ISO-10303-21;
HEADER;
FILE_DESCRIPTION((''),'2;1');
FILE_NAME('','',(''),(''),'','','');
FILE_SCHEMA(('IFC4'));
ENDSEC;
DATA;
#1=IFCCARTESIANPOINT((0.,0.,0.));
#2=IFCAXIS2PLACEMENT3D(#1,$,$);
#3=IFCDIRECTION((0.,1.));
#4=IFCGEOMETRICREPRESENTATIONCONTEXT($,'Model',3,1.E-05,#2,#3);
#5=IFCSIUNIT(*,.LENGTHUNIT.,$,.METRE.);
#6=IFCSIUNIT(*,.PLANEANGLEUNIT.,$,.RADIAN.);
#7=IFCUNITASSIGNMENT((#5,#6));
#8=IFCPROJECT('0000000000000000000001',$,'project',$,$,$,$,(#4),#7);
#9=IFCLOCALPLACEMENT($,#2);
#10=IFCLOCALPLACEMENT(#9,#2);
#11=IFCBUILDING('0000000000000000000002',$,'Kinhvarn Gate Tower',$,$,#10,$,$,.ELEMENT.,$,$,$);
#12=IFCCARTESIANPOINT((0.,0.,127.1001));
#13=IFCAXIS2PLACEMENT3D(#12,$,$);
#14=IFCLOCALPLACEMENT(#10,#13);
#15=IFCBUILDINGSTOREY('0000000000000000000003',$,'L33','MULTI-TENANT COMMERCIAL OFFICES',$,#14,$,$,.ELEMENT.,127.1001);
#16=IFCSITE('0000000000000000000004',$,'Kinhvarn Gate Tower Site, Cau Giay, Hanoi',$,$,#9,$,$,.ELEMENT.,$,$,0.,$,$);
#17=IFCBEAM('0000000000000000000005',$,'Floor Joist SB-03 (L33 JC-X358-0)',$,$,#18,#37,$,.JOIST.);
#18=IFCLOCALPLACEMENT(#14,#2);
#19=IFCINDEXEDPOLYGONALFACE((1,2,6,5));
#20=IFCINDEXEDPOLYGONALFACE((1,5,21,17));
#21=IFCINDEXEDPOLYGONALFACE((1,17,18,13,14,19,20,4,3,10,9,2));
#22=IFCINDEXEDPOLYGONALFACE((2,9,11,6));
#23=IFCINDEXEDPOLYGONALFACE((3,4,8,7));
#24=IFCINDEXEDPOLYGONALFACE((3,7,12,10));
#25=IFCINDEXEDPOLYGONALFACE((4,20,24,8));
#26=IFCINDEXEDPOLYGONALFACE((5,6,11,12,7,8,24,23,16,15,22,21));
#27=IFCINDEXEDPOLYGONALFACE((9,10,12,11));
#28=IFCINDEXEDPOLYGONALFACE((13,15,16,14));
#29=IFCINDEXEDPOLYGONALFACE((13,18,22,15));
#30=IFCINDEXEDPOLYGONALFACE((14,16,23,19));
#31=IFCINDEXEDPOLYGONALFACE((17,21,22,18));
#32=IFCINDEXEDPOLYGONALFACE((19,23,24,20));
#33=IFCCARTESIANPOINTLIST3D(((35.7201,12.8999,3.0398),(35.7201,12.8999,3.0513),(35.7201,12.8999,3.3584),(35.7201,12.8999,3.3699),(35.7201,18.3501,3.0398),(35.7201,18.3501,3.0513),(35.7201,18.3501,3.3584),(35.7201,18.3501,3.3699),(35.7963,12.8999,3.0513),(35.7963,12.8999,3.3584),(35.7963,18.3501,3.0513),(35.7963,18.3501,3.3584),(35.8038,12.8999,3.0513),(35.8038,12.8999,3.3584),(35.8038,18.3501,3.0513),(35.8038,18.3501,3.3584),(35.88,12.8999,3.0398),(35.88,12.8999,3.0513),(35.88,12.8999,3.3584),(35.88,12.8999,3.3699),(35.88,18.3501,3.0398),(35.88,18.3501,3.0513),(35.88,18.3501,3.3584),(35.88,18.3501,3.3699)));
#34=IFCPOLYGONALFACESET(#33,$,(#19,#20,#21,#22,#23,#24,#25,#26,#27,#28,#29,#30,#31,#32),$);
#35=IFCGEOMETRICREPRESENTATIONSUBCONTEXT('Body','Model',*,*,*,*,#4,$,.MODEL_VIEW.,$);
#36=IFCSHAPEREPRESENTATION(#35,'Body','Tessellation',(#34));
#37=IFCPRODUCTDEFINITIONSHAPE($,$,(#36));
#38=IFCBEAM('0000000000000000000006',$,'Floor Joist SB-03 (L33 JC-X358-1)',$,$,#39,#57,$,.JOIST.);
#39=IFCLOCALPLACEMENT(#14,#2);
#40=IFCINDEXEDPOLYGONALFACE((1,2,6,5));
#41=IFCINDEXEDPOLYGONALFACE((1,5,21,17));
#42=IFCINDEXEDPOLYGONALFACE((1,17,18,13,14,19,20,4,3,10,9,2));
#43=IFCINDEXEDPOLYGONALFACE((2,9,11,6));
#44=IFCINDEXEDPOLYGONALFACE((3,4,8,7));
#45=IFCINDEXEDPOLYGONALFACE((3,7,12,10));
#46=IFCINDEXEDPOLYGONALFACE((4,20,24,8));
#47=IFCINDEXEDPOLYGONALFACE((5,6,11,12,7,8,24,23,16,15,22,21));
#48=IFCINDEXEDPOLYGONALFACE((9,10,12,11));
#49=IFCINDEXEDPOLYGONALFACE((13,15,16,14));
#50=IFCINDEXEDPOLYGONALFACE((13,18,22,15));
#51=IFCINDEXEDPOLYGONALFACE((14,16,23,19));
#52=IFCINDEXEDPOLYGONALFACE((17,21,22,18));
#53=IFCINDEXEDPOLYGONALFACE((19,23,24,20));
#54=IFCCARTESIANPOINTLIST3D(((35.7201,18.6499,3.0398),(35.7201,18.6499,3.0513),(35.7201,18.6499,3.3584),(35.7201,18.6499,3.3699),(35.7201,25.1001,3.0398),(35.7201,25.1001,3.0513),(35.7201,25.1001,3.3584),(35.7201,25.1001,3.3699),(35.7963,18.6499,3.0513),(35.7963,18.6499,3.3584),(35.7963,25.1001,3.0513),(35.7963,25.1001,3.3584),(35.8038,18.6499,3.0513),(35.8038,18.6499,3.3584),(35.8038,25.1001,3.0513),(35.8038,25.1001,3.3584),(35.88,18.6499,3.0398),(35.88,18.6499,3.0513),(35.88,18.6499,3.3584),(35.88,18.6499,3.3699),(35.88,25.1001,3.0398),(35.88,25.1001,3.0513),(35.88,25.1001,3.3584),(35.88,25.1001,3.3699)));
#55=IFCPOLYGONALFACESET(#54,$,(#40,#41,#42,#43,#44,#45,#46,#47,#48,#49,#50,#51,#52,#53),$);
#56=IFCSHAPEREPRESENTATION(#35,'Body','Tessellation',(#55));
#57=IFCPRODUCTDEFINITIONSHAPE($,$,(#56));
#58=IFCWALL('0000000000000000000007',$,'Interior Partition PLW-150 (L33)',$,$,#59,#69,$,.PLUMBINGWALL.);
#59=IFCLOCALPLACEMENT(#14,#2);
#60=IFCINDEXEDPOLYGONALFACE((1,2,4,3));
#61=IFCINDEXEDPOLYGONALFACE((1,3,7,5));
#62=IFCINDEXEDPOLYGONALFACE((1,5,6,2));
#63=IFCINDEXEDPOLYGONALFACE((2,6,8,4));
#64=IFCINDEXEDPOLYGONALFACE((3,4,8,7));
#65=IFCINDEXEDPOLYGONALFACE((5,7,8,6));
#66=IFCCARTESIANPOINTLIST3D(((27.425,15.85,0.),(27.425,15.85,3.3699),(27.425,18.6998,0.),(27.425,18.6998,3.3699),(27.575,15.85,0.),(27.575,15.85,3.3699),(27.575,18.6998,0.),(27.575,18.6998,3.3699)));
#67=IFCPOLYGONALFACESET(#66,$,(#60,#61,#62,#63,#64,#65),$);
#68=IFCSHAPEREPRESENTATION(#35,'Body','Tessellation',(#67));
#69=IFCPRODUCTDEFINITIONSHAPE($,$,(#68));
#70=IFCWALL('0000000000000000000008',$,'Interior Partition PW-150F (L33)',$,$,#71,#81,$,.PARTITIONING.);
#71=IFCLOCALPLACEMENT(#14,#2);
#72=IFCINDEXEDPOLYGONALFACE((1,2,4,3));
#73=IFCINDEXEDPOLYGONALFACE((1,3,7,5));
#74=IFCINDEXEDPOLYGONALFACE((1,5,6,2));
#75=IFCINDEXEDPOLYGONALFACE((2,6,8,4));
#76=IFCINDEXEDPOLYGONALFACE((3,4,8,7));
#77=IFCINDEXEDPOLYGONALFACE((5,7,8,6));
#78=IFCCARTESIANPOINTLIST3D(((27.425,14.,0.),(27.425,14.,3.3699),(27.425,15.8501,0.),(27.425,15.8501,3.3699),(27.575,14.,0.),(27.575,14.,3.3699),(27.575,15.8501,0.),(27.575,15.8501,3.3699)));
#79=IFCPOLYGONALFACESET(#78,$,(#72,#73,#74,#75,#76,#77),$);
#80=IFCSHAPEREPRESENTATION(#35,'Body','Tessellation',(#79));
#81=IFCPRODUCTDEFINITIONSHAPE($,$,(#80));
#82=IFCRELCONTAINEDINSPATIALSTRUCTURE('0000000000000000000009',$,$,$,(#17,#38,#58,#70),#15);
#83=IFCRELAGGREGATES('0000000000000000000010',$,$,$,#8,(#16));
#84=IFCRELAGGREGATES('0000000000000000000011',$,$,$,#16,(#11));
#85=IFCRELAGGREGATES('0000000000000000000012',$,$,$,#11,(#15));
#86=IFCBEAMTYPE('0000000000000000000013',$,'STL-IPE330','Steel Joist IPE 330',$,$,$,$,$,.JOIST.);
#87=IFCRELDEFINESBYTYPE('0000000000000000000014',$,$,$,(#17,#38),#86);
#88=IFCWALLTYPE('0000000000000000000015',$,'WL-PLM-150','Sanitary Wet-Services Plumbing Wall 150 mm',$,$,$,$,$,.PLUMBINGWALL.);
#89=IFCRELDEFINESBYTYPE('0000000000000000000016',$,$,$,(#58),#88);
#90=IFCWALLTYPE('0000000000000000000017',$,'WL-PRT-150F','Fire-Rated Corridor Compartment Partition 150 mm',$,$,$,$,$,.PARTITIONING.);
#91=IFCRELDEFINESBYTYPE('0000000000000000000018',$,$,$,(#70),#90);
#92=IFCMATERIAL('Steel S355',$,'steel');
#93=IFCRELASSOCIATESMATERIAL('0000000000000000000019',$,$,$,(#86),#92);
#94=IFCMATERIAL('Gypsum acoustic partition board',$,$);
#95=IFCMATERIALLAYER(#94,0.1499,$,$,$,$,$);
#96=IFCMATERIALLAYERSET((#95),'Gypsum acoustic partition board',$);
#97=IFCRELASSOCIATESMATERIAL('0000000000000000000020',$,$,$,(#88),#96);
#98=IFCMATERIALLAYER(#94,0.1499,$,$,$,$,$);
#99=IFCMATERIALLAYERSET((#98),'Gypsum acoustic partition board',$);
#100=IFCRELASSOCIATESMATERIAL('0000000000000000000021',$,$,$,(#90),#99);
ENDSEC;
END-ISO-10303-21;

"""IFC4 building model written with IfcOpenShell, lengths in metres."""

from ifc_helpers import new_model, si_unit, direction, frame, frame_2d, origin, origin_2d, place, context, subcontext, project, spatial, rectangle, i_section, extrude, material, layer, layer_set, material_profile, profile_set, type_object, element, save


model = new_model("IFC4")

# Units and contexts
model_context = context("Model", 3, precision=1e-05, world=origin(), true_north=direction((0.0, 1.0)))
body_context = subcontext(model_context, "Body", "Model", "MODEL_VIEW")
ifc_project = project(units=[si_unit("LENGTHUNIT", "METRE"), si_unit("PLANEANGLEUNIT", "RADIAN")], contexts=[model_context])

# Site, building, storey
site_placement = place(None, origin())
site = spatial("IfcSite", under=ifc_project, at=site_placement, Name="Kinhvarn Gate Tower Site, Cau Giay, Hanoi", CompositionType="ELEMENT", RefElevation=0.0)
building_placement = place(site_placement, origin())
building = spatial("IfcBuilding", under=site, at=building_placement, Name="Kinhvarn Gate Tower", CompositionType="ELEMENT")
storey_placement = place(building_placement, frame((0.0, 0.0, 127.1001)))
storey = spatial("IfcBuildingStorey", under=building, at=storey_placement, Name="L33", Description="MULTI-TENANT COMMERCIAL OFFICES", CompositionType="ELEMENT", Elevation=127.1001)

# Beams
ifc_material_1 = material(Name="Steel S355", Category="steel")
ifc_material_profile_1 = material_profile(ifc_material_1, i_section(OverallWidth=0.1599, OverallDepth=0.3301, WebThickness=0.0076, FlangeThickness=0.0115, at=origin_2d()), Name="IPE 330")
ifc_profile_set_1 = profile_set([ifc_material_profile_1], Name="Steel S355")
beam_type_1 = type_object("IfcBeamType", Name="STL-IPE330", Description="Steel Joist IPE 330", PredefinedType="JOIST", material=ifc_profile_set_1)
beam_1_placement = place(storey_placement, frame((35.8, 12.8999, 3.2048), z_axis=(0.0, 1.0, 0.0), x_axis=(-1.0, 0.0, 0.0)))
element("IfcBeam", 1, at=beam_1_placement, inside=storey, type_object=beam_type_1, Name="Floor Joist SB-03 (L33 JC-X358-0)", PredefinedType="JOIST", context=body_context, shape_type="SweptSolid", body=[
    extrude(i_section(OverallWidth=0.1599, OverallDepth=0.3301, WebThickness=0.0076, FlangeThickness=0.0115, at=origin_2d()), origin(), (0.0, 0.0, 1.0), 5.4502),
])
beam_2_placement = place(storey_placement, frame((35.8, 18.6499, 3.2048), z_axis=(0.0, 1.0, 0.0), x_axis=(-1.0, 0.0, 0.0)))
element("IfcBeam", 2, at=beam_2_placement, inside=storey, type_object=beam_type_1, Name="Floor Joist SB-03 (L33 JC-X358-1)", PredefinedType="JOIST", context=body_context, shape_type="SweptSolid", body=[
    extrude(i_section(OverallWidth=0.1599, OverallDepth=0.3301, WebThickness=0.0076, FlangeThickness=0.0115, at=origin_2d()), origin(), (0.0, 0.0, 1.0), 6.4502),
])

# Walls
ifc_material_2 = material(Name="Gypsum acoustic partition board")
ifc_layer_1 = layer(ifc_material_2, 0.1499)
ifc_layer_set_1 = layer_set([ifc_layer_1], Name="Gypsum acoustic partition board")
wall_type_1 = type_object("IfcWallType", Name="WL-PLM-150", Description="Sanitary Wet-Services Plumbing Wall 150 mm", PredefinedType="PLUMBINGWALL", material=ifc_layer_set_1)
wall_1_placement = place(storey_placement, frame((27.5, 15.8501, 0.0), z_axis=(0.0, 0.0, 1.0), x_axis=(0.0, 1.0, 0.0)))
element("IfcWall", 3, at=wall_1_placement, inside=storey, type_object=wall_type_1, Name="Interior Partition PLW-150 (L33)", PredefinedType="PLUMBINGWALL", context=body_context, shape_type="SweptSolid", body=[
    extrude(rectangle(XDim=2.8499, YDim=0.1499, at=frame_2d((1.4248, 0.0))), origin(), (0.0, 0.0, 1.0), 3.3699),
])
ifc_layer_2 = layer(ifc_material_2, 0.1499)
ifc_layer_set_2 = layer_set([ifc_layer_2], Name="Gypsum acoustic partition board")
wall_type_2 = type_object("IfcWallType", Name="WL-PRT-150F", Description="Fire-Rated Corridor Compartment Partition 150 mm", PredefinedType="PARTITIONING", material=ifc_layer_set_2)
wall_2_placement = place(storey_placement, frame((27.5, 14.0, 0.0), z_axis=(0.0, 0.0, 1.0), x_axis=(0.0, 1.0, 0.0)))
element("IfcWall", 4, at=wall_2_placement, inside=storey, type_object=wall_type_2, Name="Interior Partition PW-150F (L33)", PredefinedType="PARTITIONING", context=body_context, shape_type="SweptSolid", body=[
    extrude(rectangle(XDim=1.8501, YDim=0.1499, at=frame_2d((0.925, 0.0))), origin(), (0.0, 0.0, 1.0), 3.3699),
])

save(model, "model.ifc")
